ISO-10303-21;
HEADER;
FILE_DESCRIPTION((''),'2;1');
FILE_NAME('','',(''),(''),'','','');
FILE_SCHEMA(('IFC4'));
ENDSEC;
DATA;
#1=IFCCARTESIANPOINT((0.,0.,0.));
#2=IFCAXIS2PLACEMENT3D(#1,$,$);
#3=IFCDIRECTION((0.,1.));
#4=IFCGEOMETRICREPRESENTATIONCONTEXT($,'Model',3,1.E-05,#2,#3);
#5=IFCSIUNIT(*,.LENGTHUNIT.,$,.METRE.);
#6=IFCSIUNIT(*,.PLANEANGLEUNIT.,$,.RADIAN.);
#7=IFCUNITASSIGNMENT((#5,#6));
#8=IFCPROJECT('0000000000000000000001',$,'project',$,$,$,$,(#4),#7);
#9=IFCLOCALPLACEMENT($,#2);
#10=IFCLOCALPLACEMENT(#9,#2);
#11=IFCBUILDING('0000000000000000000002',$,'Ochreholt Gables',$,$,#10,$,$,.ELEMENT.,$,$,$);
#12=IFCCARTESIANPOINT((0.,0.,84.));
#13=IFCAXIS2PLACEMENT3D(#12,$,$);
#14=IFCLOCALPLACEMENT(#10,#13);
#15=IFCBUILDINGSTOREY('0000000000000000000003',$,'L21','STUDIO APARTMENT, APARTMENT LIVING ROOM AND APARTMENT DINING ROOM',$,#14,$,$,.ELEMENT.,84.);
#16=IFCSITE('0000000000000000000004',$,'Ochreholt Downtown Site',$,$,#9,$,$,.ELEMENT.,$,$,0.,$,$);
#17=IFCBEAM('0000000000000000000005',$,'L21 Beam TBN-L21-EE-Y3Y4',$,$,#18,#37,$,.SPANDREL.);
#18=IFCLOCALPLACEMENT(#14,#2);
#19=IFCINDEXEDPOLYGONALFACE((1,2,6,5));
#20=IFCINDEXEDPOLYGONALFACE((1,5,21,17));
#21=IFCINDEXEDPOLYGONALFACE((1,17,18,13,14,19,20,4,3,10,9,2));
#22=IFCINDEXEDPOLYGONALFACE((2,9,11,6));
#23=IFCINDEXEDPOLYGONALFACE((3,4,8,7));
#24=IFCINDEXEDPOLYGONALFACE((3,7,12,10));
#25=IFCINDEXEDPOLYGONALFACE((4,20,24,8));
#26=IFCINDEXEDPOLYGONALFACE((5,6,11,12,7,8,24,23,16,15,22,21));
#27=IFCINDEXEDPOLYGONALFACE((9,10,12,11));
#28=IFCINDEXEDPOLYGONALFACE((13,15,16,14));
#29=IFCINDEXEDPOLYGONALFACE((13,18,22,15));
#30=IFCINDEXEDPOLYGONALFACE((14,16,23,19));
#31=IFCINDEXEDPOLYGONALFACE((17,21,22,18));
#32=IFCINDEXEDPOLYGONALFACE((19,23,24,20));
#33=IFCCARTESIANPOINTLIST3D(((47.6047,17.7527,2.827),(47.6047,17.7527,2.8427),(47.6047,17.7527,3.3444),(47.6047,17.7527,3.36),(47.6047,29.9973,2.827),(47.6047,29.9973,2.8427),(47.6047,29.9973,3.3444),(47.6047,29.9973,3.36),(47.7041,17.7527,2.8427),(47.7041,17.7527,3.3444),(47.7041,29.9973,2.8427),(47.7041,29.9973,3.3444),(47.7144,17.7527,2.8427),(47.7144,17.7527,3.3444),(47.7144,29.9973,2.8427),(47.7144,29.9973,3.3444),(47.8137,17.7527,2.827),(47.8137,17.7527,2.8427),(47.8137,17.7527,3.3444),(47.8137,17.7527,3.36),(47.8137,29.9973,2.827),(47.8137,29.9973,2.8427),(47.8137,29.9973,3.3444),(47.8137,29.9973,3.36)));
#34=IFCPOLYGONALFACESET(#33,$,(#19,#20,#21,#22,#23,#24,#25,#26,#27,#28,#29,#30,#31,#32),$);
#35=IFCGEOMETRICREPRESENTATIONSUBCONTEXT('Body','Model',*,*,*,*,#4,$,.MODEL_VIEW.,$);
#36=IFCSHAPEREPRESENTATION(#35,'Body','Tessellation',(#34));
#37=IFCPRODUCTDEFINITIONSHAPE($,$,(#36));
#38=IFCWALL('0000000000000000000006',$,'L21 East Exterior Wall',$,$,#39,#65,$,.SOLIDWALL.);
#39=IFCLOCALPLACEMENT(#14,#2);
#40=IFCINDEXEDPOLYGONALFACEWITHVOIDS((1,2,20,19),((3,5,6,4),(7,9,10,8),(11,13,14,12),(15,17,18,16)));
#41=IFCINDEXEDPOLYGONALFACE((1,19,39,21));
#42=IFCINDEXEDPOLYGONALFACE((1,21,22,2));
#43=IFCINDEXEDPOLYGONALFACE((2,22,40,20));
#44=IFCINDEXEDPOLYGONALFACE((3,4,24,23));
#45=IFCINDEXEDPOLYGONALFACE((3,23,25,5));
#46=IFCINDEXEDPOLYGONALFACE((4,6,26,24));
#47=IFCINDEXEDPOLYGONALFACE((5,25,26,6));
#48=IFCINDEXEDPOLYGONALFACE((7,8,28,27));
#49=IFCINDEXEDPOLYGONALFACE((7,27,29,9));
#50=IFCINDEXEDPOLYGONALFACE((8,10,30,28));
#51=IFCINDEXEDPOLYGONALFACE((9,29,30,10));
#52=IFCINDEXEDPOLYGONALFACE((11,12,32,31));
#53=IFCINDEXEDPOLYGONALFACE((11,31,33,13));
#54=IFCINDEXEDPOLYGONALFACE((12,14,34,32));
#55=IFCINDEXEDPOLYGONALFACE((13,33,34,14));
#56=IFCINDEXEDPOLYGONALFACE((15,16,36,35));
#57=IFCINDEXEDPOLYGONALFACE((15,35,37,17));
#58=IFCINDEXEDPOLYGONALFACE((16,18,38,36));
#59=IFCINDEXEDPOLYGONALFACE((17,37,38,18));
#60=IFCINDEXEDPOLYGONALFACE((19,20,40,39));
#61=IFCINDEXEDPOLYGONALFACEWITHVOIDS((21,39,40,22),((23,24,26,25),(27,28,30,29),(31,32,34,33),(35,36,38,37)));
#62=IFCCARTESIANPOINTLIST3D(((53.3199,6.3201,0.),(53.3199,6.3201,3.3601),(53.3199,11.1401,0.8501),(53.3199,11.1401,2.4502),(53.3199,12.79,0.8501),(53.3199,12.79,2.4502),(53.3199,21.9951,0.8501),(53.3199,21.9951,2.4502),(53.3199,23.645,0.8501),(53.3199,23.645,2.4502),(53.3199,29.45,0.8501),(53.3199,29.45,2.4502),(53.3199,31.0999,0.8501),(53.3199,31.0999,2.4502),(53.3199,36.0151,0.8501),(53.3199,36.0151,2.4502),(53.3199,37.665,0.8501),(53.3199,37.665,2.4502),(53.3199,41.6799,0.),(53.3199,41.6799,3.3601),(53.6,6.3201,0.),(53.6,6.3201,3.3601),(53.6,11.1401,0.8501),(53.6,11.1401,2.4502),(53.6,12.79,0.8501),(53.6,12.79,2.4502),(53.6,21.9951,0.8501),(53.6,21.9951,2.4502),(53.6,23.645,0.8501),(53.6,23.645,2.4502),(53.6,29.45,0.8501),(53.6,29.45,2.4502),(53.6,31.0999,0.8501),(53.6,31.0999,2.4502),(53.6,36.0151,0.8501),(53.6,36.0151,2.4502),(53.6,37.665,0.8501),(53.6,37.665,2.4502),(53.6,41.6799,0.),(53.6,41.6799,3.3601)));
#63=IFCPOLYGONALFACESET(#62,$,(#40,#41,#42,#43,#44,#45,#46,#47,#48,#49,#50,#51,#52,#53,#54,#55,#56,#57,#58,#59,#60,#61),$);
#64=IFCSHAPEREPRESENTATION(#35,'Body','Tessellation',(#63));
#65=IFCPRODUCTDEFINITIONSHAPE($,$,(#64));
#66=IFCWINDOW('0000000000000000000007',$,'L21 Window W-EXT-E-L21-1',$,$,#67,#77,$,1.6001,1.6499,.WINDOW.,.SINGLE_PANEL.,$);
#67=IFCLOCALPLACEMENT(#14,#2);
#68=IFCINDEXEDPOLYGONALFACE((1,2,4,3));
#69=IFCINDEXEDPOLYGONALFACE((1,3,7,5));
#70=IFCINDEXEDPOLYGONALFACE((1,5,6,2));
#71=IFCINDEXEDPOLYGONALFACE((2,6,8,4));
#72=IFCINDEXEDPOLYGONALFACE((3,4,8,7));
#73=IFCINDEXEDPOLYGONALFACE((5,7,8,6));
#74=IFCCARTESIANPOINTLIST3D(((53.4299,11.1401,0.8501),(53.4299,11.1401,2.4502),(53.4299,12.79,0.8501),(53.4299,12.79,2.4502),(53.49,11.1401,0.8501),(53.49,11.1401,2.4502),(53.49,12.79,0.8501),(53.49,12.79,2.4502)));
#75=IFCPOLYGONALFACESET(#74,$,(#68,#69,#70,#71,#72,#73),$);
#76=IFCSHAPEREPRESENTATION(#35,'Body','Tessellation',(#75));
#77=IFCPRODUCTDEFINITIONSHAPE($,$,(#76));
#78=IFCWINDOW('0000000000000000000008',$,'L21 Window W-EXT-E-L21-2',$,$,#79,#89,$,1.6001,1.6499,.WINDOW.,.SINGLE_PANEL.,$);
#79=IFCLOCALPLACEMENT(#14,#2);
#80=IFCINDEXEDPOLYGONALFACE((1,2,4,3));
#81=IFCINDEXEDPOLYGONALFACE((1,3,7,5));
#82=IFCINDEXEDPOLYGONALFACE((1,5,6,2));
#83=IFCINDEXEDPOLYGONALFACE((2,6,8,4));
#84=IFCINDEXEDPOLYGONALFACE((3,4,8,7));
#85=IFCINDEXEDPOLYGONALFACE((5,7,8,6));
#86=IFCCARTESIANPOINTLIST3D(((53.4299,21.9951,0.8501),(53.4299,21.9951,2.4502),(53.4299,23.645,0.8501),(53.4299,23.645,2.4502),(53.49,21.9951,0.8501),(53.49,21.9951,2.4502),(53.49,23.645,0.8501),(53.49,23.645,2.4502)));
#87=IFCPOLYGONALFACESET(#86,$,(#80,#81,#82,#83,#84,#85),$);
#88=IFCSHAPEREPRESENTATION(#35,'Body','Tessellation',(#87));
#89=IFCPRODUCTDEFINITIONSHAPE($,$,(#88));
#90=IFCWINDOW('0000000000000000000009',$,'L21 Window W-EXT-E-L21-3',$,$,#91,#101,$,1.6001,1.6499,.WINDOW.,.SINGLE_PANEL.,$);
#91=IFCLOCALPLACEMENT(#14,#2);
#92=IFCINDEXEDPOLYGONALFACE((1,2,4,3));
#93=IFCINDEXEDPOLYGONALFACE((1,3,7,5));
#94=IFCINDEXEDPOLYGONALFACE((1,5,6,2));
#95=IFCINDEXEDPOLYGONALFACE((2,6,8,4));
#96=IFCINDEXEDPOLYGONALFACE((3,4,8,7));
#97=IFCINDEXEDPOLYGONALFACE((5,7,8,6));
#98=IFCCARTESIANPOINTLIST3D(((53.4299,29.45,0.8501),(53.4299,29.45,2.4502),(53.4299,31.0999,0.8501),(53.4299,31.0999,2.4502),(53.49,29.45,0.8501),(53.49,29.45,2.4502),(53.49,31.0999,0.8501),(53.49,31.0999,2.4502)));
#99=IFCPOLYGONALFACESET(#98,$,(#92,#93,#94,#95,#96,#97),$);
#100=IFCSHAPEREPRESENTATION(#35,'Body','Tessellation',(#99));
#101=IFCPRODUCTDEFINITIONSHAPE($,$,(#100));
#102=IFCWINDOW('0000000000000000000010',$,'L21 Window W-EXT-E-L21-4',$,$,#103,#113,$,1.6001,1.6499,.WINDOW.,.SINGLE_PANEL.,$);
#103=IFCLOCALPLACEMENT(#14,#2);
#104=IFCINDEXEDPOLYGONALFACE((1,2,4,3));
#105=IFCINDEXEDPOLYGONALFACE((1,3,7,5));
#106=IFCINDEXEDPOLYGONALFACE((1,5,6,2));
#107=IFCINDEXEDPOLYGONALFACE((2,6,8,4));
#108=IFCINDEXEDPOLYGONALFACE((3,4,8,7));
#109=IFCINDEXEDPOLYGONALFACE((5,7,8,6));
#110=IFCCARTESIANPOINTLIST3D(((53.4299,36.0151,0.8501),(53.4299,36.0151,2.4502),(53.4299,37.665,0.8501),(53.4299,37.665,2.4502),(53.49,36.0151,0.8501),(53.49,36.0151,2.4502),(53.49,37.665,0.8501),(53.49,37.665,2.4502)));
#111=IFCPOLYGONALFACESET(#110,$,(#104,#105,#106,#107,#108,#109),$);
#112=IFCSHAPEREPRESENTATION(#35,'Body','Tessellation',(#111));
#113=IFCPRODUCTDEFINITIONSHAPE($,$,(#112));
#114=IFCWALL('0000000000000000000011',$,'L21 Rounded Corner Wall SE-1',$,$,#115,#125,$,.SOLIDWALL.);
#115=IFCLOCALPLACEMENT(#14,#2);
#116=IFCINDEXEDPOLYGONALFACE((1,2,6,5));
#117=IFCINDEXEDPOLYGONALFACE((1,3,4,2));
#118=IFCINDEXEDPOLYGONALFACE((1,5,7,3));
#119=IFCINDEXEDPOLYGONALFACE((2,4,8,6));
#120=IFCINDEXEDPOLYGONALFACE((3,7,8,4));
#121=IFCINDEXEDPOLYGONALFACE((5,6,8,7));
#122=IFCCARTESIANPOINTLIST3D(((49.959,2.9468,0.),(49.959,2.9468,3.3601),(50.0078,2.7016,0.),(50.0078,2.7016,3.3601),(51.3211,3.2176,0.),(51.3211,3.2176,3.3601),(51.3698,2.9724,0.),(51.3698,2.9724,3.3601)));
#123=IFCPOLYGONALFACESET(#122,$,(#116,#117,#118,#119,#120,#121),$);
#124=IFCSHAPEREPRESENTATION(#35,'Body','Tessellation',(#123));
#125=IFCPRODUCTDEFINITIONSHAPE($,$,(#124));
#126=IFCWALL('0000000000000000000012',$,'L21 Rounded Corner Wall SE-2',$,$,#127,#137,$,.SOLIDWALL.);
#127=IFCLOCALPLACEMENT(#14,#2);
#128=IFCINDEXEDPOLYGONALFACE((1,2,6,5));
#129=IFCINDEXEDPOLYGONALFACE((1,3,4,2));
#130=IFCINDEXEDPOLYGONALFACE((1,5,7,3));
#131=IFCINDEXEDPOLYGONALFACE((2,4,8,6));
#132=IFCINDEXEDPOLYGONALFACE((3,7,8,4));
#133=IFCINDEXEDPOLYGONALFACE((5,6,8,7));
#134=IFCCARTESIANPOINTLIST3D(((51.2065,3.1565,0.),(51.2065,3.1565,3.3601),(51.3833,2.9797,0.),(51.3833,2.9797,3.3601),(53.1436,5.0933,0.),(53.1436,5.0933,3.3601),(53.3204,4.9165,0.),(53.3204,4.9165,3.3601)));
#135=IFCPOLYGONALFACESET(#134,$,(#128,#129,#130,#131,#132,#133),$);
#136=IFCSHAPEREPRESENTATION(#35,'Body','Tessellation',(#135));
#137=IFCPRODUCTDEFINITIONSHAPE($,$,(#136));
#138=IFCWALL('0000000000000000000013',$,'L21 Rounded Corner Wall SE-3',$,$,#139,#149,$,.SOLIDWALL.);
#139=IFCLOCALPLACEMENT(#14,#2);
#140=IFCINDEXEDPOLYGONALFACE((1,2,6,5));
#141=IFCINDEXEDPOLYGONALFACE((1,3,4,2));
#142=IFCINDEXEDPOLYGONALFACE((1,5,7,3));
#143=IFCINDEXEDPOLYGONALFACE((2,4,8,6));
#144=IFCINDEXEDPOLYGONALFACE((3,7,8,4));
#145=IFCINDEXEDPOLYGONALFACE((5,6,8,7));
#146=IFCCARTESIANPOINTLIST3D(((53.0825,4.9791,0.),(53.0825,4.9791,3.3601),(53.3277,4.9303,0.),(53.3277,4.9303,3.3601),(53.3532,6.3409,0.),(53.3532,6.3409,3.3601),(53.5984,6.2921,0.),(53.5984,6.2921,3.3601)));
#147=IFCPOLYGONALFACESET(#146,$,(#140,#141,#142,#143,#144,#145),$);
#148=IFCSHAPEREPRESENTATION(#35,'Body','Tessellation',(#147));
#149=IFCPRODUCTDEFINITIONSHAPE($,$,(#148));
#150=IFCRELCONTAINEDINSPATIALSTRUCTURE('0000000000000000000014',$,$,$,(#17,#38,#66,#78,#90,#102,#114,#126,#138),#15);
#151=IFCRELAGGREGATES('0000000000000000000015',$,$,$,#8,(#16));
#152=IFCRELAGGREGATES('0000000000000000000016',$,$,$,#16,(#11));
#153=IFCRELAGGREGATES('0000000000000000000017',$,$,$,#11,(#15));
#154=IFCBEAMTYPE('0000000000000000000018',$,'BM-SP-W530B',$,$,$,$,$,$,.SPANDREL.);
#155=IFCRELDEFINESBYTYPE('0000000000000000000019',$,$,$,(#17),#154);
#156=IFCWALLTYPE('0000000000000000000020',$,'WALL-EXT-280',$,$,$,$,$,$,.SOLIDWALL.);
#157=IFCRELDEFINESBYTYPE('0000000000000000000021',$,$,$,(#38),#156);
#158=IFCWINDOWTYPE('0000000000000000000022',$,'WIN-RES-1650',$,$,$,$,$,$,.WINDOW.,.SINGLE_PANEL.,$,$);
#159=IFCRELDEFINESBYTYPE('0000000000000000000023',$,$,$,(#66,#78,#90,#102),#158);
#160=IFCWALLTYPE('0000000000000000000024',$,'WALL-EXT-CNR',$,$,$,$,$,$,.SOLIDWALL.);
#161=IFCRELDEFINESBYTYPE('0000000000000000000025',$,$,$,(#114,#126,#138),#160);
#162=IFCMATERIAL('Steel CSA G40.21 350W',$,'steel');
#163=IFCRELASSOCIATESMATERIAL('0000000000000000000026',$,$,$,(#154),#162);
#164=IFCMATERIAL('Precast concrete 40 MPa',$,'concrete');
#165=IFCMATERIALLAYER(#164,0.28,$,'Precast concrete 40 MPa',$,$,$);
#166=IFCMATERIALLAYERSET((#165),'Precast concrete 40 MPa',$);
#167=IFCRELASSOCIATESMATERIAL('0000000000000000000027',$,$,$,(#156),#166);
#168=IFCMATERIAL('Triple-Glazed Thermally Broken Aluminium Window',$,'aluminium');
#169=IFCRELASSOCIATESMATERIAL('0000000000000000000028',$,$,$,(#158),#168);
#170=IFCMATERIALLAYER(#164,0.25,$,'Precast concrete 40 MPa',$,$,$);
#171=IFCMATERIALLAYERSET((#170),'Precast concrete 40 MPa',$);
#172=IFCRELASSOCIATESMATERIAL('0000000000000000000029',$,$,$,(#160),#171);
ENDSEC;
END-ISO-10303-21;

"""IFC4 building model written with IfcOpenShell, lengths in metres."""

from ifc_helpers import new_model, si_unit, direction, frame, frame_2d, origin, origin_2d, place, context, subcontext, project, spatial, rectangle, i_section, extrude, material, layer, layer_set, material_profile, profile_set, type_object, element, fill, save


model = new_model("IFC4")

# Units and contexts
model_context = context("Model", 3, precision=1e-05, world=origin(), true_north=direction((0.0, 1.0)))
body_context = subcontext(model_context, "Body", "Model", "MODEL_VIEW")
ifc_project = project(units=[si_unit("LENGTHUNIT", "METRE"), si_unit("PLANEANGLEUNIT", "RADIAN")], contexts=[model_context])

# Site, building, storey
site_placement = place(None, origin())
site = spatial("IfcSite", under=ifc_project, at=site_placement, Name="Ochreholt Downtown Site", CompositionType="ELEMENT", RefElevation=0.0)
building_placement = place(site_placement, origin())
building = spatial("IfcBuilding", under=site, at=building_placement, Name="Ochreholt Gables", CompositionType="ELEMENT")
storey_placement = place(building_placement, frame((0.0, 0.0, 84.0)))
storey = spatial("IfcBuildingStorey", under=building, at=storey_placement, Name="L21", Description="STUDIO APARTMENT, APARTMENT LIVING ROOM AND APARTMENT DINING ROOM", CompositionType="ELEMENT", Elevation=84.0)

# Shared definitions
ifc_material_1 = material(Name="Steel CSA G40.21 350W", Category="steel")

# Beam
ifc_material_profile_1 = material_profile(ifc_material_1, i_section(OverallWidth=0.209, OverallDepth=0.533, WebThickness=0.0103, FlangeThickness=0.0156, at=origin_2d()), Name="W530X92")
ifc_profile_set_1 = profile_set([ifc_material_profile_1], Name="Steel CSA G40.21 350W")
beam_type_1 = type_object("IfcBeamType", Name="BM-SP-W530B", PredefinedType="SPANDREL", material=ifc_profile_set_1)
beam_1_placement = place(storey_placement, frame((47.7092, 17.7527, 3.0935), z_axis=(0.0, 1.0, 0.0), x_axis=(-1.0, 0.0, 0.0)))
element("IfcBeam", 1, at=beam_1_placement, inside=storey, type_object=beam_type_1, Name="L21 Beam TBN-L21-EE-Y3Y4", PredefinedType="SPANDREL", context=body_context, shape_type="SweptSolid", body=[
    extrude(i_section(OverallWidth=0.209, OverallDepth=0.533, WebThickness=0.0103, FlangeThickness=0.0156, at=origin_2d()), origin(), (0.0, 0.0, 1.0), 12.2446),
])

# Wall, openings, windows
ifc_material_2 = material(Name="Precast concrete 40 MPa", Category="concrete")
ifc_layer_1 = layer(ifc_material_2, 0.28, Name="Precast concrete 40 MPa")
ifc_layer_set_1 = layer_set([ifc_layer_1], Name="Precast concrete 40 MPa")
wall_type_1 = type_object("IfcWallType", Name="WALL-EXT-280", PredefinedType="SOLIDWALL", material=ifc_layer_set_1)
wall_1_placement = place(storey_placement, frame((53.46, 6.3201, 0.0), z_axis=(0.0, 0.0, 1.0), x_axis=(0.0, 1.0, 0.0)))
wall_1 = element("IfcWall", 2, at=wall_1_placement, inside=storey, type_object=wall_type_1, Name="L21 East Exterior Wall", PredefinedType="SOLIDWALL", context=body_context, shape_type="SweptSolid", body=[
    extrude(rectangle(XDim=35.3599, YDim=0.28, at=frame_2d((17.6799, 0.0))), origin(), (0.0, 0.0, 1.0), 3.3601),
])
opening_1_placement = place(wall_1_placement, frame((4.8201, 0.0, 0.8501)))
opening_1 = element("IfcOpeningElement", 3, at=opening_1_placement, cuts=wall_1, PredefinedType="OPENING", context=body_context, shape_type="SweptSolid", body=[
    extrude(rectangle(XDim=1.6499, YDim=1.6001, at=frame_2d((0.825, 0.8))), frame((0.0, 0.1499, 0.0), z_axis=(0.0, -1.0, 0.0), x_axis=(1.0, 0.0, 0.0)), (0.0, 0.0, 1.0), 0.3),
])
opening_2_placement = place(wall_1_placement, frame((15.675, 0.0, 0.8501)))
opening_2 = element("IfcOpeningElement", 4, at=opening_2_placement, cuts=wall_1, PredefinedType="OPENING", context=body_context, shape_type="SweptSolid", body=[
    extrude(rectangle(XDim=1.6499, YDim=1.6001, at=frame_2d((0.825, 0.8))), frame((0.0, 0.1499, 0.0), z_axis=(0.0, -1.0, 0.0), x_axis=(1.0, 0.0, 0.0)), (0.0, 0.0, 1.0), 0.3),
])
opening_3_placement = place(wall_1_placement, frame((23.1299, 0.0, 0.8501)))
opening_3 = element("IfcOpeningElement", 5, at=opening_3_placement, cuts=wall_1, PredefinedType="OPENING", context=body_context, shape_type="SweptSolid", body=[
    extrude(rectangle(XDim=1.6499, YDim=1.6001, at=frame_2d((0.825, 0.8))), frame((0.0, 0.1499, 0.0), z_axis=(0.0, -1.0, 0.0), x_axis=(1.0, 0.0, 0.0)), (0.0, 0.0, 1.0), 0.3),
])
opening_4_placement = place(wall_1_placement, frame((29.6951, 0.0, 0.8501)))
opening_4 = element("IfcOpeningElement", 6, at=opening_4_placement, cuts=wall_1, PredefinedType="OPENING", context=body_context, shape_type="SweptSolid", body=[
    extrude(rectangle(XDim=1.6499, YDim=1.6001, at=frame_2d((0.825, 0.8))), frame((0.0, 0.1499, 0.0), z_axis=(0.0, -1.0, 0.0), x_axis=(1.0, 0.0, 0.0)), (0.0, 0.0, 1.0), 0.3),
])
ifc_material_3 = material(Name="Triple-Glazed Thermally Broken Aluminium Window", Category="aluminium")
window_type = type_object("IfcWindowType", Name="WIN-RES-1650", PartitioningType="SINGLE_PANEL", PredefinedType="WINDOW", material=ifc_material_3)
window_1_placement = place(opening_1_placement, origin())
window_1 = element("IfcWindow", 7, at=window_1_placement, inside=storey, type_object=window_type, Name="L21 Window W-EXT-E-L21-1", OverallHeight=1.6001, OverallWidth=1.6499, PartitioningType="SINGLE_PANEL", PredefinedType="WINDOW", context=body_context, shape_type="SweptSolid", body=[
    extrude(rectangle(XDim=1.6499, YDim=1.6001, at=frame_2d((0.825, 0.8))), frame((0.0, 0.03, 0.0), z_axis=(0.0, -1.0, 0.0), x_axis=(1.0, 0.0, 0.0)), (0.0, 0.0, 1.0), 0.0601),
])
fill(opening_1, window_1)
window_2_placement = place(opening_2_placement, origin())
window_2 = element("IfcWindow", 8, at=window_2_placement, inside=storey, type_object=window_type, Name="L21 Window W-EXT-E-L21-2", OverallHeight=1.6001, OverallWidth=1.6499, PartitioningType="SINGLE_PANEL", PredefinedType="WINDOW", context=body_context, shape_type="SweptSolid", body=[
    extrude(rectangle(XDim=1.6499, YDim=1.6001, at=frame_2d((0.825, 0.8))), frame((0.0, 0.03, 0.0), z_axis=(0.0, -1.0, 0.0), x_axis=(1.0, 0.0, 0.0)), (0.0, 0.0, 1.0), 0.0601),
])
fill(opening_2, window_2)
window_3_placement = place(opening_3_placement, origin())
window_3 = element("IfcWindow", 9, at=window_3_placement, inside=storey, type_object=window_type, Name="L21 Window W-EXT-E-L21-3", OverallHeight=1.6001, OverallWidth=1.6499, PartitioningType="SINGLE_PANEL", PredefinedType="WINDOW", context=body_context, shape_type="SweptSolid", body=[
    extrude(rectangle(XDim=1.6499, YDim=1.6001, at=frame_2d((0.825, 0.8))), frame((0.0, 0.03, 0.0), z_axis=(0.0, -1.0, 0.0), x_axis=(1.0, 0.0, 0.0)), (0.0, 0.0, 1.0), 0.0601),
])
fill(opening_3, window_3)
window_4_placement = place(opening_4_placement, origin())
window_4 = element("IfcWindow", 10, at=window_4_placement, inside=storey, type_object=window_type, Name="L21 Window W-EXT-E-L21-4", OverallHeight=1.6001, OverallWidth=1.6499, PartitioningType="SINGLE_PANEL", PredefinedType="WINDOW", context=body_context, shape_type="SweptSolid", body=[
    extrude(rectangle(XDim=1.6499, YDim=1.6001, at=frame_2d((0.825, 0.8))), frame((0.0, 0.03, 0.0), z_axis=(0.0, -1.0, 0.0), x_axis=(1.0, 0.0, 0.0)), (0.0, 0.0, 1.0), 0.0601),
])
fill(opening_4, window_4)

# Walls
ifc_layer_2 = layer(ifc_material_2, 0.25, Name="Precast concrete 40 MPa")
ifc_layer_set_2 = layer_set([ifc_layer_2], Name="Precast concrete 40 MPa")
wall_type_2 = type_object("IfcWallType", Name="WALL-EXT-CNR", PredefinedType="SOLIDWALL", material=ifc_layer_set_2)
wall_2_placement = place(storey_placement, frame((49.9834, 2.8242, 0.0), z_axis=(0.0, 0.0, 1.0), x_axis=(0.98081, 0.194967, 0.0)))
element("IfcWall", 11, at=wall_2_placement, inside=storey, type_object=wall_type_2, Name="L21 Rounded Corner Wall SE-1", PredefinedType="SOLIDWALL", context=body_context, shape_type="SweptSolid", body=[
    extrude(rectangle(XDim=1.3887, YDim=0.25, at=frame_2d((0.6943, 0.0))), origin(), (0.0, 0.0, 1.0), 3.3601),
])
wall_3_placement = place(storey_placement, frame((51.2949, 3.0681, 0.0), z_axis=(0.0, 0.0, 1.0), x_axis=(0.707151, 0.707062, 0.0)))
element("IfcWall", 12, at=wall_3_placement, inside=storey, type_object=wall_type_2, Name="L21 Rounded Corner Wall SE-2", PredefinedType="SOLIDWALL", context=body_context, shape_type="SweptSolid", body=[
    extrude(rectangle(XDim=2.7393, YDim=0.25, at=frame_2d((1.3696, 0.0))), origin(), (0.0, 0.0, 1.0), 3.3601),
])
wall_4_placement = place(storey_placement, frame((53.2051, 4.9546, 0.0), z_axis=(0.0, 0.0, 1.0), x_axis=(0.195, 0.980803, 0.0)))
element("IfcWall", 13, at=wall_4_placement, inside=storey, type_object=wall_type_2, Name="L21 Rounded Corner Wall SE-3", PredefinedType="SOLIDWALL", context=body_context, shape_type="SweptSolid", body=[
    extrude(rectangle(XDim=1.3884, YDim=0.25, at=frame_2d((0.6943, 0.0))), origin(), (0.0, 0.0, 1.0), 3.3601),
])

save(model, "model.ifc")
